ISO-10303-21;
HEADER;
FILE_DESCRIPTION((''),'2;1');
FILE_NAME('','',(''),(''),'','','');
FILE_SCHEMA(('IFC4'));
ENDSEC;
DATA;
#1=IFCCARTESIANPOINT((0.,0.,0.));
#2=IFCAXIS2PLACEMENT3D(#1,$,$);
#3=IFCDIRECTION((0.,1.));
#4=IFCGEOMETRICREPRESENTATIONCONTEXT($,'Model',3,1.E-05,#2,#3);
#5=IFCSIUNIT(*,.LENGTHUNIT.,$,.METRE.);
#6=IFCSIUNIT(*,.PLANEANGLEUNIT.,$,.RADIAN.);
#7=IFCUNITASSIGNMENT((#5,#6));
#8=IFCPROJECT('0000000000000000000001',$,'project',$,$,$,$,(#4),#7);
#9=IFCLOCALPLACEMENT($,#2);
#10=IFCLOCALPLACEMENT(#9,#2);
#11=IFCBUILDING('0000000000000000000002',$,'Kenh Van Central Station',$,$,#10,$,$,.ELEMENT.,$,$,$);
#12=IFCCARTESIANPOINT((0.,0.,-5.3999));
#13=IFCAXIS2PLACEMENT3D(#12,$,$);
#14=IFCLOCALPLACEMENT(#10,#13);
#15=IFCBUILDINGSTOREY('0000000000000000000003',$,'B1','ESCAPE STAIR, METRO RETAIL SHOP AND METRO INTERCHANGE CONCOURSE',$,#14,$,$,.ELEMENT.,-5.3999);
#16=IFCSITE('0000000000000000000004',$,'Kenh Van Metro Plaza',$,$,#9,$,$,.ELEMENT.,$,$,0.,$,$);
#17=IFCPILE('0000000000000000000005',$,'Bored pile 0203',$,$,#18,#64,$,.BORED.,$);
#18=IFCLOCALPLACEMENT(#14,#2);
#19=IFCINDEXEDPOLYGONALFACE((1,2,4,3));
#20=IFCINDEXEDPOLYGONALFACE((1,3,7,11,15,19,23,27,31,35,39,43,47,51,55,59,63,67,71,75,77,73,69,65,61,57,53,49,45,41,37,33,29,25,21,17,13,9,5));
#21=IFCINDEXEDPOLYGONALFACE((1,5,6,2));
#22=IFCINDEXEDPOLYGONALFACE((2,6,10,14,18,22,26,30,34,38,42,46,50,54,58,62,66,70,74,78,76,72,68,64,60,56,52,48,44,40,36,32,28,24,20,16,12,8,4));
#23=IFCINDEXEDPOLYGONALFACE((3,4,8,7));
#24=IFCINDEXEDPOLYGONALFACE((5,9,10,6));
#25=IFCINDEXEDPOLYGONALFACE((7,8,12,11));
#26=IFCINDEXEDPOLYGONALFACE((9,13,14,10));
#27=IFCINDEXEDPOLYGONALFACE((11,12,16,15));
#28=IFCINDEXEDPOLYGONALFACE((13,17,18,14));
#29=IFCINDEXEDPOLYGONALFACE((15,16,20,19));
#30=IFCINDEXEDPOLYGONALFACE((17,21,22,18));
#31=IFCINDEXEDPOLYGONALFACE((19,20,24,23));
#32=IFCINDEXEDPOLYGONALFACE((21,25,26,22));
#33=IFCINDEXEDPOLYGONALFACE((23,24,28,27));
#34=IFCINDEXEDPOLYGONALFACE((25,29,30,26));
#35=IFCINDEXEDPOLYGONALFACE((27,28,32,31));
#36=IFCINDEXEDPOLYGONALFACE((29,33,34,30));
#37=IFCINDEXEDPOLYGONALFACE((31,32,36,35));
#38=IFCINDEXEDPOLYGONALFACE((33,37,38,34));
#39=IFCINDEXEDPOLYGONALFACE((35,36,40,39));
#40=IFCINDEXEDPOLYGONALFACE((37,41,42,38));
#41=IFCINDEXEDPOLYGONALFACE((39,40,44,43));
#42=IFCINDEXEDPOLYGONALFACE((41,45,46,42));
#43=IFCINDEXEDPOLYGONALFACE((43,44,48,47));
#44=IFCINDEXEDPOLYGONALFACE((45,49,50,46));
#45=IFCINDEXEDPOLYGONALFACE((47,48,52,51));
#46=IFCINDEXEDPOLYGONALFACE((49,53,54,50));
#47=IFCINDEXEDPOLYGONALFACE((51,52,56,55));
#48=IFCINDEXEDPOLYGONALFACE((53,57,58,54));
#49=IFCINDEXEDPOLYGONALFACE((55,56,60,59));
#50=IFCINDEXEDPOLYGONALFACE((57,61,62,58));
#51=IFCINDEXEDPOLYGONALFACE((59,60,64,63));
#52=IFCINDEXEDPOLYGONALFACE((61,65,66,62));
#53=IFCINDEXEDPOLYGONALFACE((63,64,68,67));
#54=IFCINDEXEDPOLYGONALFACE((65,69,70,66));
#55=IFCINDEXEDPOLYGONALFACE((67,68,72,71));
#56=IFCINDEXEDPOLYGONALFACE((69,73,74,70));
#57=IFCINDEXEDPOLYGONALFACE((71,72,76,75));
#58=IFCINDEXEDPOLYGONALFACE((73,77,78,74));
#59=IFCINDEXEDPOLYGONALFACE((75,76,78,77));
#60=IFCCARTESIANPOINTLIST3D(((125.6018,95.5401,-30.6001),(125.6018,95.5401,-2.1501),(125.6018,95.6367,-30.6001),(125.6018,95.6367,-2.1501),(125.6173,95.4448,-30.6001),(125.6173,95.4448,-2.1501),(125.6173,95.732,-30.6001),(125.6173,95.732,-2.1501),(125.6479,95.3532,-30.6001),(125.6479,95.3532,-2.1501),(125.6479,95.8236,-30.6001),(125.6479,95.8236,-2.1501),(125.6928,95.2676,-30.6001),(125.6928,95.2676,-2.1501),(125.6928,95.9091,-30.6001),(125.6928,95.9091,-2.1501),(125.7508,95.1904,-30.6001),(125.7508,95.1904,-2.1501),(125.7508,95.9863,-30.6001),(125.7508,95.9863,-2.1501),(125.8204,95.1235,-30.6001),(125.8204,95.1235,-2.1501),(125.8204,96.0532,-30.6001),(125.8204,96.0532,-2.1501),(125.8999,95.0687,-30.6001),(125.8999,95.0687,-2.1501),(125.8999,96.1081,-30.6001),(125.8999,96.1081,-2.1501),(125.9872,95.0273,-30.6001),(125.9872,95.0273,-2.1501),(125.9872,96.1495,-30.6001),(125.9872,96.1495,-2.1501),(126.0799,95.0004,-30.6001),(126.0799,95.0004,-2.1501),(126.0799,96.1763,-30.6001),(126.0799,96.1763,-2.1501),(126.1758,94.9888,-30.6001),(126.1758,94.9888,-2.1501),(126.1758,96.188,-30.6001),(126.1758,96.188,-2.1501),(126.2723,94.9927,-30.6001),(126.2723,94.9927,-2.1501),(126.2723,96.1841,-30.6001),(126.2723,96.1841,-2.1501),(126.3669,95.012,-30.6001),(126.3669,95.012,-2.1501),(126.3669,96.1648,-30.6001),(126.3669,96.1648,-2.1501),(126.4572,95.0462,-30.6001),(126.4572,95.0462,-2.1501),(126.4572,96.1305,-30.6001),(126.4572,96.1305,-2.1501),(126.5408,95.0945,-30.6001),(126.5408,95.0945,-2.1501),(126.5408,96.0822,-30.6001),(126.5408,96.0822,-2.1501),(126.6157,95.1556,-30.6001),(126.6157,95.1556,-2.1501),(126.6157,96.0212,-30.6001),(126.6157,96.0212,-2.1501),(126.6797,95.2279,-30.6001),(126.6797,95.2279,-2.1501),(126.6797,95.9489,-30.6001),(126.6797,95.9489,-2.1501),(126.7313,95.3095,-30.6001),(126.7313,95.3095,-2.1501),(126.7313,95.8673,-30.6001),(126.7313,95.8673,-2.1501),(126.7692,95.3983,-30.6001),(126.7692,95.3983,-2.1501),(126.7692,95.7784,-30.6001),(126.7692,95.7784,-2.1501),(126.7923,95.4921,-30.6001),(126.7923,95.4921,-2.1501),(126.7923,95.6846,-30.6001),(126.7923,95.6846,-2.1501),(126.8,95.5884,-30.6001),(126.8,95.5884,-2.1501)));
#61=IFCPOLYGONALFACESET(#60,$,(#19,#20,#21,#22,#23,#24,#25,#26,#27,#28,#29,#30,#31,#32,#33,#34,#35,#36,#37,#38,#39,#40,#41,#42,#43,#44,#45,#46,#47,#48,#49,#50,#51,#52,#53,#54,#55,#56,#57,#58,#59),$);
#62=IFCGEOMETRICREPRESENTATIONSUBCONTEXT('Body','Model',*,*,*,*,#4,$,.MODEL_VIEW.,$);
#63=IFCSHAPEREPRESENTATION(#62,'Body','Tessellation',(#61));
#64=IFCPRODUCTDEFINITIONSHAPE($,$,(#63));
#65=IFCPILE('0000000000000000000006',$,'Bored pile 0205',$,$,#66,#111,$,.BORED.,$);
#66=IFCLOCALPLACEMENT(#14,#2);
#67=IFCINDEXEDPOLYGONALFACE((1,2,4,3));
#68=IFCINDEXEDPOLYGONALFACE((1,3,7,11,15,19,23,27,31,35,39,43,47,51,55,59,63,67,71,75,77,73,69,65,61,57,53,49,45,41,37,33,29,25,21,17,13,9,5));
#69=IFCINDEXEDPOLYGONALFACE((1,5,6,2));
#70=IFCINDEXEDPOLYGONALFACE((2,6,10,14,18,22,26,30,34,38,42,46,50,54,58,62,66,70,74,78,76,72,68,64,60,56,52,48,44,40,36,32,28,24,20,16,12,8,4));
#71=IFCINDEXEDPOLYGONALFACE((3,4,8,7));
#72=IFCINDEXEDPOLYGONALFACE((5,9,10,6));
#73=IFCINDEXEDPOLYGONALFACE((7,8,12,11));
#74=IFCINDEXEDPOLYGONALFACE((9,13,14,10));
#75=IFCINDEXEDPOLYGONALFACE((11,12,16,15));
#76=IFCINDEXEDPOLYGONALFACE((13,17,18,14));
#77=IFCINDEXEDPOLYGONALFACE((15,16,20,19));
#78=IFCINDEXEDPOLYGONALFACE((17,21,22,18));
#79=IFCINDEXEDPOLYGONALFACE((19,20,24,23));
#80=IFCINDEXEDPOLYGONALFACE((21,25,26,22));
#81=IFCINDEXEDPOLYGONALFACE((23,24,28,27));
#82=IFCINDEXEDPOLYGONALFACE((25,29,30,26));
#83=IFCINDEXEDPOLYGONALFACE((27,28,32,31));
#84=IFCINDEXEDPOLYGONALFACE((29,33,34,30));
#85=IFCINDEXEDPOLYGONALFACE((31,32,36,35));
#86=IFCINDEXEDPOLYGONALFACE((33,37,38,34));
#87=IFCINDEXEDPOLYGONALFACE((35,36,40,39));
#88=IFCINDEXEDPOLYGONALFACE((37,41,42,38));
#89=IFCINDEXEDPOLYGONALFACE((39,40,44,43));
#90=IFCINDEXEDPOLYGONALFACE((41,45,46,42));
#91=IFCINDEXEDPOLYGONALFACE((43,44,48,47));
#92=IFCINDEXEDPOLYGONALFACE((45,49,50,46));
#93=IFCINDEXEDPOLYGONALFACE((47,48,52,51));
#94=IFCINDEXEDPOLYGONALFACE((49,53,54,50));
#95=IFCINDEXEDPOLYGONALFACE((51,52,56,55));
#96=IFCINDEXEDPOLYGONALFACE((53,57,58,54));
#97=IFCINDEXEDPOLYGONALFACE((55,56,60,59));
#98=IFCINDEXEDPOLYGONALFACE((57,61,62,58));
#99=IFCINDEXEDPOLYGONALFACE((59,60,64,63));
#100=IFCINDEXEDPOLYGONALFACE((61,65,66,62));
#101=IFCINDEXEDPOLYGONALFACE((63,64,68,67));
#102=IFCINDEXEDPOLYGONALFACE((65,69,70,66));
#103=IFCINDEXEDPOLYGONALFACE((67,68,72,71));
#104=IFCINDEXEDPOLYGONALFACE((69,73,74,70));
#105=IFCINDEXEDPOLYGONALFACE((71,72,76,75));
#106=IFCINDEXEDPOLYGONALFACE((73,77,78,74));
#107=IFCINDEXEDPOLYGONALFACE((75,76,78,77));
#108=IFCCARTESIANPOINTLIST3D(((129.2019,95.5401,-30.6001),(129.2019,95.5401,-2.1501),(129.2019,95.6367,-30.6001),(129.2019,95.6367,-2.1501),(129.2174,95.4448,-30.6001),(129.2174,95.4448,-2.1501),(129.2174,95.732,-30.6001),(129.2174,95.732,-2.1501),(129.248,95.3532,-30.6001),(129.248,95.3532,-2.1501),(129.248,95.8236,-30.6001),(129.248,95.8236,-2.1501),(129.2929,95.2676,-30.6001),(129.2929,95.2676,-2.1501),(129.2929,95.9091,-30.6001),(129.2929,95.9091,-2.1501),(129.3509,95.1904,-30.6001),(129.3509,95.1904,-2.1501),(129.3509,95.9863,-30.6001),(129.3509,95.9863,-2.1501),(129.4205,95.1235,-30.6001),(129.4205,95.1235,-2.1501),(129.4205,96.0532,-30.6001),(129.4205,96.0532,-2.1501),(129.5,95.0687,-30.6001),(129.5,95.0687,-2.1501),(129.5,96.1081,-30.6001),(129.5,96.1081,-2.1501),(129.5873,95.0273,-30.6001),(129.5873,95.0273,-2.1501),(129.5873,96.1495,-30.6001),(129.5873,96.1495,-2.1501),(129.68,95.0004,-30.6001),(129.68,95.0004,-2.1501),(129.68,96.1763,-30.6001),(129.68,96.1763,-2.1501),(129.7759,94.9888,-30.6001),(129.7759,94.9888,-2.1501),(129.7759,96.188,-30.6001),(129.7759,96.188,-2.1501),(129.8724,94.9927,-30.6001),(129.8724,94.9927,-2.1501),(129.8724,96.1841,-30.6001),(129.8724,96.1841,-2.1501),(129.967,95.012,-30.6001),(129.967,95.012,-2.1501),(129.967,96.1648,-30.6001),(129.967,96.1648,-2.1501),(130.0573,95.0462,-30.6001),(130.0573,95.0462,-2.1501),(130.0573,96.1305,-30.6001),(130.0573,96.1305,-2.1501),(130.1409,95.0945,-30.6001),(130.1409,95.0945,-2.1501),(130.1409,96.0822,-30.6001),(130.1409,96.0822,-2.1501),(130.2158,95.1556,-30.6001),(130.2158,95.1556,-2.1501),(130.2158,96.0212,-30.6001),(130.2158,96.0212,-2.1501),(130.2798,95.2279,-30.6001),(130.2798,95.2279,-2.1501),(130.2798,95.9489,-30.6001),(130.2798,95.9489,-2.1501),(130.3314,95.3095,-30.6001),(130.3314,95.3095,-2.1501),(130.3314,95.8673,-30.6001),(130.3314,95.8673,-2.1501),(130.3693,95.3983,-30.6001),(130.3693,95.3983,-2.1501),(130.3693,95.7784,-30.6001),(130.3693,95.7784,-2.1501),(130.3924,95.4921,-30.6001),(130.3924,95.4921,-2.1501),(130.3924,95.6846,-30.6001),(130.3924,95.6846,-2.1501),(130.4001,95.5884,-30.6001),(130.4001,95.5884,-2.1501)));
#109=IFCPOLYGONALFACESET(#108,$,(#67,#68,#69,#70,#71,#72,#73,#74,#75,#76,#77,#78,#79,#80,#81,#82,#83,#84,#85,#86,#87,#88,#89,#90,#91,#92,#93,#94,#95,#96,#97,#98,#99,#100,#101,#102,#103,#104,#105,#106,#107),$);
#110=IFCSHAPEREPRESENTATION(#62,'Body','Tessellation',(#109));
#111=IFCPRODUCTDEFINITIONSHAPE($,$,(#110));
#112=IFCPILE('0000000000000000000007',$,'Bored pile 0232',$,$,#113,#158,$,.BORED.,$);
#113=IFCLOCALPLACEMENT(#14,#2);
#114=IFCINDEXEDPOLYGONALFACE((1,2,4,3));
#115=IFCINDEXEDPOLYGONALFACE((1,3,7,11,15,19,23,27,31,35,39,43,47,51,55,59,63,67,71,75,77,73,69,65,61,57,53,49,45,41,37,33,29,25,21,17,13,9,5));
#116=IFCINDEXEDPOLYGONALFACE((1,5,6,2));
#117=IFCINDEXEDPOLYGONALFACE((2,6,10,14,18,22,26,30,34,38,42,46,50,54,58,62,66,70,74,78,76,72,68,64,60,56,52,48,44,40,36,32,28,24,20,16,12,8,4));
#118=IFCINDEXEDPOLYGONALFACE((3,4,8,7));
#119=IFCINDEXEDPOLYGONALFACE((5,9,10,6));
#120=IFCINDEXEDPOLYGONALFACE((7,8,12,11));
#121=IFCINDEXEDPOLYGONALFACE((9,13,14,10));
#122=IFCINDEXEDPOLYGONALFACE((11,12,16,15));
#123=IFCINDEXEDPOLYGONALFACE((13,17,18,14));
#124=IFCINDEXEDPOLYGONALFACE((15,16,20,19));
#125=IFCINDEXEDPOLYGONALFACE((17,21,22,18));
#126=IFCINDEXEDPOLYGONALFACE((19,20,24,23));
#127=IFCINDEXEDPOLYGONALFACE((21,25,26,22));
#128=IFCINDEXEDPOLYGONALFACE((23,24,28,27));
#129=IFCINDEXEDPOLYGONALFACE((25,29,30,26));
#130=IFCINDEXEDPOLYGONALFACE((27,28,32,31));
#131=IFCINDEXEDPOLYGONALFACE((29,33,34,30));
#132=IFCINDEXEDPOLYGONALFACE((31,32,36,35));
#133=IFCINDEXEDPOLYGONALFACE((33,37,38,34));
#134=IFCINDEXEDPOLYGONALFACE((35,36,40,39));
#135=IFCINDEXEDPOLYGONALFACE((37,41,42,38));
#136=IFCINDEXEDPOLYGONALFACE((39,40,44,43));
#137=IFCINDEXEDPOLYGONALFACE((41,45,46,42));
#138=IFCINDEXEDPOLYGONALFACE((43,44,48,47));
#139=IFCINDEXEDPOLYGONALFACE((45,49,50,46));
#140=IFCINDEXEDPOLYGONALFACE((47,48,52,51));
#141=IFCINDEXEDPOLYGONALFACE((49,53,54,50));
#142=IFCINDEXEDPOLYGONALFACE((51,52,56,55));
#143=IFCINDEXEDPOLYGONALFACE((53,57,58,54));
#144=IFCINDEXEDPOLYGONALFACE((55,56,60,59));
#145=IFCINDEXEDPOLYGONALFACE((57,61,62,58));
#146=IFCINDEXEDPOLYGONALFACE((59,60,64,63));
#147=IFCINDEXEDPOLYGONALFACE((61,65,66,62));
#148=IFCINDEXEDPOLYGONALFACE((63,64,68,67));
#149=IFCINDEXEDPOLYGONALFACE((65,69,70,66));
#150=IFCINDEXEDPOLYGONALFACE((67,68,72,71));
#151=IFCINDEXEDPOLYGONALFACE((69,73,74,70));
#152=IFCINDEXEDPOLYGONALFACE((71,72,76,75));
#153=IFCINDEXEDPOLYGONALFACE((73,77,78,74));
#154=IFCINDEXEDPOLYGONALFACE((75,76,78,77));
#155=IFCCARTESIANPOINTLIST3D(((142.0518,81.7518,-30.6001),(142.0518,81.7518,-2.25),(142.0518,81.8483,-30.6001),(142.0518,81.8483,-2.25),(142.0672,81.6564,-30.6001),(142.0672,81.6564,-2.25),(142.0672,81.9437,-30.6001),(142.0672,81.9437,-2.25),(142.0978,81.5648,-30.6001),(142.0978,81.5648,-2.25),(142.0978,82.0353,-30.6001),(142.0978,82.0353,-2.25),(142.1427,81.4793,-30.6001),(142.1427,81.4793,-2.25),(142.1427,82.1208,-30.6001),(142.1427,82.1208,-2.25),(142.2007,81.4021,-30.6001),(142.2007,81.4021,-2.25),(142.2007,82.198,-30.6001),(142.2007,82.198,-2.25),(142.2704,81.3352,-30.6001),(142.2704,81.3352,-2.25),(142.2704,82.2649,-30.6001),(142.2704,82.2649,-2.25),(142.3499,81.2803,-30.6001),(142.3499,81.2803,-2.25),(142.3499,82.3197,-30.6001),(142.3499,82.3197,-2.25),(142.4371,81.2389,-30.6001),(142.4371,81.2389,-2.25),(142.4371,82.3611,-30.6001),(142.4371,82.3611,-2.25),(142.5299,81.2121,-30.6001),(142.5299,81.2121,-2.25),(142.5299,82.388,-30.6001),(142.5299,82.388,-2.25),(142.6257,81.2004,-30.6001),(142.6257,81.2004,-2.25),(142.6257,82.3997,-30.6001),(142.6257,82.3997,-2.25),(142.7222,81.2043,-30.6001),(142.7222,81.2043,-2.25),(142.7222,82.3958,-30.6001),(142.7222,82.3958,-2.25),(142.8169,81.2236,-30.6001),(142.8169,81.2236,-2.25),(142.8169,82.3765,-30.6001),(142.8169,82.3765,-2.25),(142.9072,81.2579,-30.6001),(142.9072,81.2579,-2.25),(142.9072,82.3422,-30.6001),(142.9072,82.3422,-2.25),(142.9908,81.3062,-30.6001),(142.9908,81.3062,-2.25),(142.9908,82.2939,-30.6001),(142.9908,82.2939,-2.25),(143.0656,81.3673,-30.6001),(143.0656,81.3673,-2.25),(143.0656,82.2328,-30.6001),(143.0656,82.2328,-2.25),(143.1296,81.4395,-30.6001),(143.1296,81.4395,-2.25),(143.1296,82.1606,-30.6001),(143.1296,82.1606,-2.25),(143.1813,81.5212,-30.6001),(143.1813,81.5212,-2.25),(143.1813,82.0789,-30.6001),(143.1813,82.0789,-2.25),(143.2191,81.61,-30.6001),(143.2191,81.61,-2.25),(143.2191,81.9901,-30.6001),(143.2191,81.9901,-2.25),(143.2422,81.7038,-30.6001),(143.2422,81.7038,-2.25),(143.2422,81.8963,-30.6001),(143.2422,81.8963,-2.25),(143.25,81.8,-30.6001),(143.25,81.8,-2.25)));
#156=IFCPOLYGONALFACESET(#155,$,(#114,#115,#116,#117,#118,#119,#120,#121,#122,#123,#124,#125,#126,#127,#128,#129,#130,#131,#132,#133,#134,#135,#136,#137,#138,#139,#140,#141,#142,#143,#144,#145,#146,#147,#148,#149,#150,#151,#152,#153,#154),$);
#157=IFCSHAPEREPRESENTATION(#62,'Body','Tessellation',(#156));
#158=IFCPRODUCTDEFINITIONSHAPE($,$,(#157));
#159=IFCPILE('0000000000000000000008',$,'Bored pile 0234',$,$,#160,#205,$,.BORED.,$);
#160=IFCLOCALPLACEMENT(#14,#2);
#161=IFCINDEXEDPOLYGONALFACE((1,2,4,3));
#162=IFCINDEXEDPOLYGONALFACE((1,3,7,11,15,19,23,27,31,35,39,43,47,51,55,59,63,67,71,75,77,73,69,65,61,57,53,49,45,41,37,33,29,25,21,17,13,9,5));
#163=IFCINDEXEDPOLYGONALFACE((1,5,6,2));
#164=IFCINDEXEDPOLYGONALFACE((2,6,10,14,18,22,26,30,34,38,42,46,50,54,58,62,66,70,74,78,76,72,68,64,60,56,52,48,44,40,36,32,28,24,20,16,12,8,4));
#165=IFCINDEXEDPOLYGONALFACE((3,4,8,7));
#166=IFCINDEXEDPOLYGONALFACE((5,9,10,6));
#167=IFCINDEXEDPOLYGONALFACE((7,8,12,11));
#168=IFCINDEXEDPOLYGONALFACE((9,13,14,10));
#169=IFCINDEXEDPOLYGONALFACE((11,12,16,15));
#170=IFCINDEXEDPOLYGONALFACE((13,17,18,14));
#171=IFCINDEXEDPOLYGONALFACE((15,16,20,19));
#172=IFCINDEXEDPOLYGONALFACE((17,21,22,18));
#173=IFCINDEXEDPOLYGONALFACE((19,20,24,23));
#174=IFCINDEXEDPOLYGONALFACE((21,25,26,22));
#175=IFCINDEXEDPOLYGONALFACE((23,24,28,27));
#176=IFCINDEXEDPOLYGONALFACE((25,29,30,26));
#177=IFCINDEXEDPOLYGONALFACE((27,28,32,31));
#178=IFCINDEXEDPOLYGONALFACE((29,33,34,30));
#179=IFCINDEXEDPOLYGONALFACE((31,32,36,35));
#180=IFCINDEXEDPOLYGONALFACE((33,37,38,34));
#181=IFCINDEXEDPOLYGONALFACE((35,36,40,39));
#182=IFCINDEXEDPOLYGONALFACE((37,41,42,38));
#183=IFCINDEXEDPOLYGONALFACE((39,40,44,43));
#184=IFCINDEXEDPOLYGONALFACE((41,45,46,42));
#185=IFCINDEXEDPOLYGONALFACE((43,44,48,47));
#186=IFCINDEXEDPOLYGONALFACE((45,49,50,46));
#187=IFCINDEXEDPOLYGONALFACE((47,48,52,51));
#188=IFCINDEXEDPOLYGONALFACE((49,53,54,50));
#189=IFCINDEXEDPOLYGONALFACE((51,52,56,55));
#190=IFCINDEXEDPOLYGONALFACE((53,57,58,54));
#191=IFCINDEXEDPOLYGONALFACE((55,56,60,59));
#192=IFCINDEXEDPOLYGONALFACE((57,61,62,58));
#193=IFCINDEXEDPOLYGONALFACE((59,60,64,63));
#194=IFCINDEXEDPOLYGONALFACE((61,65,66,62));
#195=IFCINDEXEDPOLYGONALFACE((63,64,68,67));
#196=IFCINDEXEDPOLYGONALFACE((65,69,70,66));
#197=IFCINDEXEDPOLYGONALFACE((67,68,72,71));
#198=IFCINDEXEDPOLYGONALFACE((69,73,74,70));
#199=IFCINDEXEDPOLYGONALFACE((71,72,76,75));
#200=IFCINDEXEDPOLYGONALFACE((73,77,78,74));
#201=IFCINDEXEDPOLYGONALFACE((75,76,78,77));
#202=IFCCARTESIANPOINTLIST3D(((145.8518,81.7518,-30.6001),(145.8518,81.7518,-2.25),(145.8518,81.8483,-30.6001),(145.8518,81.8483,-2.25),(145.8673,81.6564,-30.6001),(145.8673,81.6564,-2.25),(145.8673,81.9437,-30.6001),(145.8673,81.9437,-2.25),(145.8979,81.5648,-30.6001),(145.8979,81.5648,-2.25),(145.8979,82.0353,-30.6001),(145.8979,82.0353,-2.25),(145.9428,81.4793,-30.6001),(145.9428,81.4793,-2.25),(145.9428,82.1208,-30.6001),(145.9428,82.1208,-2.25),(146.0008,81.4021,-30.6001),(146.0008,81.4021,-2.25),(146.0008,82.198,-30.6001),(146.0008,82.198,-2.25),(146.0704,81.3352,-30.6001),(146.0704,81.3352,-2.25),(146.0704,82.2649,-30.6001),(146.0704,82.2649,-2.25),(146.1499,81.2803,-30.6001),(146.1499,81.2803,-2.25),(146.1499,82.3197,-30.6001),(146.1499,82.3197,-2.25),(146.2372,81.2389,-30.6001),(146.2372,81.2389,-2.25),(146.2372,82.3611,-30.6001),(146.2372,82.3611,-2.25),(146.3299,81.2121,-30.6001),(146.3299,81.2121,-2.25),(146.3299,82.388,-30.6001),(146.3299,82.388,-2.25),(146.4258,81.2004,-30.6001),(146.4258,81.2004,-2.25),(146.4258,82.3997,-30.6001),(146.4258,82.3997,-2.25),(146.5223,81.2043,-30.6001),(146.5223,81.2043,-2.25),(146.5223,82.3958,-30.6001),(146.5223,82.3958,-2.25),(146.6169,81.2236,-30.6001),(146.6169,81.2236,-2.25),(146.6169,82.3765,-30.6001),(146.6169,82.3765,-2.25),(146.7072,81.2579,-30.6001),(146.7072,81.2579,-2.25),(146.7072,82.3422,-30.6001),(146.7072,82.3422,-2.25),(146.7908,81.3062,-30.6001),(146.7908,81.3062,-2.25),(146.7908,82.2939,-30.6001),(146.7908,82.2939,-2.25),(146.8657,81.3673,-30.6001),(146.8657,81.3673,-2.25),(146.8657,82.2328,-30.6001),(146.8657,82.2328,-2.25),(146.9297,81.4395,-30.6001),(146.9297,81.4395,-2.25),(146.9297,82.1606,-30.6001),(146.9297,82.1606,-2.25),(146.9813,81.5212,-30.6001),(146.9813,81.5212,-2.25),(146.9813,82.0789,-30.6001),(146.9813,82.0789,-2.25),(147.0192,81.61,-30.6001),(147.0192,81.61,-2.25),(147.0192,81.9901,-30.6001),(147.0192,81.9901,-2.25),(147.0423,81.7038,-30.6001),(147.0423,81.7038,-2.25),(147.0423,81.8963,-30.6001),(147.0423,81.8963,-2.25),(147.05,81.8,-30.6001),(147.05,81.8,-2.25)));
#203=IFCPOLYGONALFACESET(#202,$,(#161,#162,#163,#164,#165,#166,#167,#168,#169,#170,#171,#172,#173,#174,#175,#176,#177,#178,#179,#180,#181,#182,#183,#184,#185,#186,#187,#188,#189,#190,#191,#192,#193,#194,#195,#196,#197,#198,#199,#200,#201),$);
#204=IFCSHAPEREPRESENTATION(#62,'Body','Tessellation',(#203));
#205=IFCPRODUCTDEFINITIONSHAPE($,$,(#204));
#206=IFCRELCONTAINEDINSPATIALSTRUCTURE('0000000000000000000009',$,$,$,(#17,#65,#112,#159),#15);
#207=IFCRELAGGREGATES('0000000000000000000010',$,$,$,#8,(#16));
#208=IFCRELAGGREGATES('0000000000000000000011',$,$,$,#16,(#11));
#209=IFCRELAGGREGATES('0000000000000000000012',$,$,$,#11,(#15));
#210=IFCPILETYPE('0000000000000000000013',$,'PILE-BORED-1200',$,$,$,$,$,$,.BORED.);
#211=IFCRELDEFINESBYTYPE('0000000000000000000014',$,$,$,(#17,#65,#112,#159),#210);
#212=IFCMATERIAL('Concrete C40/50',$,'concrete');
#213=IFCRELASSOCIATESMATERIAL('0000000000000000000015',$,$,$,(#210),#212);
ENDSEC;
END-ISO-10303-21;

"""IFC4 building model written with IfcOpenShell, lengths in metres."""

from ifc_helpers import new_model, si_unit, direction, frame, origin, origin_2d, place, context, subcontext, project, spatial, circle, extrude, material, material_profile, profile_set, type_object, element, save


model = new_model("IFC4")

# Units and contexts
model_context = context("Model", 3, precision=1e-05, world=origin(), true_north=direction((0.0, 1.0)))
body_context = subcontext(model_context, "Body", "Model", "MODEL_VIEW")
ifc_project = project(units=[si_unit("LENGTHUNIT", "METRE"), si_unit("PLANEANGLEUNIT", "RADIAN")], contexts=[model_context])

# Site, building, storey
site_placement = place(None, origin())
site = spatial("IfcSite", under=ifc_project, at=site_placement, Name="Kenh Van Metro Plaza", CompositionType="ELEMENT", RefElevation=0.0)
building_placement = place(site_placement, origin())
building = spatial("IfcBuilding", under=site, at=building_placement, Name="Kenh Van Central Station", CompositionType="ELEMENT")
storey_placement = place(building_placement, frame((0.0, 0.0, -5.3999)))
storey = spatial("IfcBuildingStorey", under=building, at=storey_placement, Name="B1", Description="ESCAPE STAIR, METRO RETAIL SHOP AND METRO INTERCHANGE CONCOURSE", CompositionType="ELEMENT", Elevation=-5.3999)

# Shared definitions
ifc_material_1 = material(Name="Concrete C40/50", Category="concrete")

# Piles
ifc_material_profile_1 = material_profile(ifc_material_1, circle(Radius=0.6001, at=origin_2d()), Name="PILE D1200")
ifc_profile_set_1 = profile_set([ifc_material_profile_1], Name="Concrete C40/50")
pile_type_1 = type_object("IfcPileType", Name="PILE-BORED-1200", PredefinedType="BORED", material=ifc_profile_set_1)
for number, where, z_axis, x_axis, name in (
    (1, (126.2, 95.5884, -2.1501), (0.0, 0.0, -1.0), (1.0, 0.0, 0.0), "Bored pile 0203"),
    (2, (129.8, 95.5884, -2.1501), (0.0, 0.0, -1.0), (1.0, 0.0, 0.0), "Bored pile 0205"),
):
    element("IfcPile", number, at=place(storey_placement, frame(where, z_axis=z_axis, x_axis=x_axis)), inside=storey, type_object=pile_type_1, Name=name, PredefinedType="BORED", context=body_context, shape_type="SweptSolid", body=[
        extrude(circle(Radius=0.6001, at=origin_2d()), origin(), (0.0, 0.0, 1.0), 28.45),
    ])
for number, where, z_axis, x_axis, name in (
    (3, (142.6499, 81.8, -2.25), (0.0, 0.0, -1.0), (1.0, 0.0, 0.0), "Bored pile 0232"),
    (4, (146.45, 81.8, -2.25), (0.0, 0.0, -1.0), (1.0, 0.0, 0.0), "Bored pile 0234"),
):
    element("IfcPile", number, at=place(storey_placement, frame(where, z_axis=z_axis, x_axis=x_axis)), inside=storey, type_object=pile_type_1, Name=name, PredefinedType="BORED", context=body_context, shape_type="SweptSolid", body=[
        extrude(circle(Radius=0.6001, at=origin_2d()), origin(), (0.0, 0.0, 1.0), 28.3501),
    ])

save(model, "model.ifc")
